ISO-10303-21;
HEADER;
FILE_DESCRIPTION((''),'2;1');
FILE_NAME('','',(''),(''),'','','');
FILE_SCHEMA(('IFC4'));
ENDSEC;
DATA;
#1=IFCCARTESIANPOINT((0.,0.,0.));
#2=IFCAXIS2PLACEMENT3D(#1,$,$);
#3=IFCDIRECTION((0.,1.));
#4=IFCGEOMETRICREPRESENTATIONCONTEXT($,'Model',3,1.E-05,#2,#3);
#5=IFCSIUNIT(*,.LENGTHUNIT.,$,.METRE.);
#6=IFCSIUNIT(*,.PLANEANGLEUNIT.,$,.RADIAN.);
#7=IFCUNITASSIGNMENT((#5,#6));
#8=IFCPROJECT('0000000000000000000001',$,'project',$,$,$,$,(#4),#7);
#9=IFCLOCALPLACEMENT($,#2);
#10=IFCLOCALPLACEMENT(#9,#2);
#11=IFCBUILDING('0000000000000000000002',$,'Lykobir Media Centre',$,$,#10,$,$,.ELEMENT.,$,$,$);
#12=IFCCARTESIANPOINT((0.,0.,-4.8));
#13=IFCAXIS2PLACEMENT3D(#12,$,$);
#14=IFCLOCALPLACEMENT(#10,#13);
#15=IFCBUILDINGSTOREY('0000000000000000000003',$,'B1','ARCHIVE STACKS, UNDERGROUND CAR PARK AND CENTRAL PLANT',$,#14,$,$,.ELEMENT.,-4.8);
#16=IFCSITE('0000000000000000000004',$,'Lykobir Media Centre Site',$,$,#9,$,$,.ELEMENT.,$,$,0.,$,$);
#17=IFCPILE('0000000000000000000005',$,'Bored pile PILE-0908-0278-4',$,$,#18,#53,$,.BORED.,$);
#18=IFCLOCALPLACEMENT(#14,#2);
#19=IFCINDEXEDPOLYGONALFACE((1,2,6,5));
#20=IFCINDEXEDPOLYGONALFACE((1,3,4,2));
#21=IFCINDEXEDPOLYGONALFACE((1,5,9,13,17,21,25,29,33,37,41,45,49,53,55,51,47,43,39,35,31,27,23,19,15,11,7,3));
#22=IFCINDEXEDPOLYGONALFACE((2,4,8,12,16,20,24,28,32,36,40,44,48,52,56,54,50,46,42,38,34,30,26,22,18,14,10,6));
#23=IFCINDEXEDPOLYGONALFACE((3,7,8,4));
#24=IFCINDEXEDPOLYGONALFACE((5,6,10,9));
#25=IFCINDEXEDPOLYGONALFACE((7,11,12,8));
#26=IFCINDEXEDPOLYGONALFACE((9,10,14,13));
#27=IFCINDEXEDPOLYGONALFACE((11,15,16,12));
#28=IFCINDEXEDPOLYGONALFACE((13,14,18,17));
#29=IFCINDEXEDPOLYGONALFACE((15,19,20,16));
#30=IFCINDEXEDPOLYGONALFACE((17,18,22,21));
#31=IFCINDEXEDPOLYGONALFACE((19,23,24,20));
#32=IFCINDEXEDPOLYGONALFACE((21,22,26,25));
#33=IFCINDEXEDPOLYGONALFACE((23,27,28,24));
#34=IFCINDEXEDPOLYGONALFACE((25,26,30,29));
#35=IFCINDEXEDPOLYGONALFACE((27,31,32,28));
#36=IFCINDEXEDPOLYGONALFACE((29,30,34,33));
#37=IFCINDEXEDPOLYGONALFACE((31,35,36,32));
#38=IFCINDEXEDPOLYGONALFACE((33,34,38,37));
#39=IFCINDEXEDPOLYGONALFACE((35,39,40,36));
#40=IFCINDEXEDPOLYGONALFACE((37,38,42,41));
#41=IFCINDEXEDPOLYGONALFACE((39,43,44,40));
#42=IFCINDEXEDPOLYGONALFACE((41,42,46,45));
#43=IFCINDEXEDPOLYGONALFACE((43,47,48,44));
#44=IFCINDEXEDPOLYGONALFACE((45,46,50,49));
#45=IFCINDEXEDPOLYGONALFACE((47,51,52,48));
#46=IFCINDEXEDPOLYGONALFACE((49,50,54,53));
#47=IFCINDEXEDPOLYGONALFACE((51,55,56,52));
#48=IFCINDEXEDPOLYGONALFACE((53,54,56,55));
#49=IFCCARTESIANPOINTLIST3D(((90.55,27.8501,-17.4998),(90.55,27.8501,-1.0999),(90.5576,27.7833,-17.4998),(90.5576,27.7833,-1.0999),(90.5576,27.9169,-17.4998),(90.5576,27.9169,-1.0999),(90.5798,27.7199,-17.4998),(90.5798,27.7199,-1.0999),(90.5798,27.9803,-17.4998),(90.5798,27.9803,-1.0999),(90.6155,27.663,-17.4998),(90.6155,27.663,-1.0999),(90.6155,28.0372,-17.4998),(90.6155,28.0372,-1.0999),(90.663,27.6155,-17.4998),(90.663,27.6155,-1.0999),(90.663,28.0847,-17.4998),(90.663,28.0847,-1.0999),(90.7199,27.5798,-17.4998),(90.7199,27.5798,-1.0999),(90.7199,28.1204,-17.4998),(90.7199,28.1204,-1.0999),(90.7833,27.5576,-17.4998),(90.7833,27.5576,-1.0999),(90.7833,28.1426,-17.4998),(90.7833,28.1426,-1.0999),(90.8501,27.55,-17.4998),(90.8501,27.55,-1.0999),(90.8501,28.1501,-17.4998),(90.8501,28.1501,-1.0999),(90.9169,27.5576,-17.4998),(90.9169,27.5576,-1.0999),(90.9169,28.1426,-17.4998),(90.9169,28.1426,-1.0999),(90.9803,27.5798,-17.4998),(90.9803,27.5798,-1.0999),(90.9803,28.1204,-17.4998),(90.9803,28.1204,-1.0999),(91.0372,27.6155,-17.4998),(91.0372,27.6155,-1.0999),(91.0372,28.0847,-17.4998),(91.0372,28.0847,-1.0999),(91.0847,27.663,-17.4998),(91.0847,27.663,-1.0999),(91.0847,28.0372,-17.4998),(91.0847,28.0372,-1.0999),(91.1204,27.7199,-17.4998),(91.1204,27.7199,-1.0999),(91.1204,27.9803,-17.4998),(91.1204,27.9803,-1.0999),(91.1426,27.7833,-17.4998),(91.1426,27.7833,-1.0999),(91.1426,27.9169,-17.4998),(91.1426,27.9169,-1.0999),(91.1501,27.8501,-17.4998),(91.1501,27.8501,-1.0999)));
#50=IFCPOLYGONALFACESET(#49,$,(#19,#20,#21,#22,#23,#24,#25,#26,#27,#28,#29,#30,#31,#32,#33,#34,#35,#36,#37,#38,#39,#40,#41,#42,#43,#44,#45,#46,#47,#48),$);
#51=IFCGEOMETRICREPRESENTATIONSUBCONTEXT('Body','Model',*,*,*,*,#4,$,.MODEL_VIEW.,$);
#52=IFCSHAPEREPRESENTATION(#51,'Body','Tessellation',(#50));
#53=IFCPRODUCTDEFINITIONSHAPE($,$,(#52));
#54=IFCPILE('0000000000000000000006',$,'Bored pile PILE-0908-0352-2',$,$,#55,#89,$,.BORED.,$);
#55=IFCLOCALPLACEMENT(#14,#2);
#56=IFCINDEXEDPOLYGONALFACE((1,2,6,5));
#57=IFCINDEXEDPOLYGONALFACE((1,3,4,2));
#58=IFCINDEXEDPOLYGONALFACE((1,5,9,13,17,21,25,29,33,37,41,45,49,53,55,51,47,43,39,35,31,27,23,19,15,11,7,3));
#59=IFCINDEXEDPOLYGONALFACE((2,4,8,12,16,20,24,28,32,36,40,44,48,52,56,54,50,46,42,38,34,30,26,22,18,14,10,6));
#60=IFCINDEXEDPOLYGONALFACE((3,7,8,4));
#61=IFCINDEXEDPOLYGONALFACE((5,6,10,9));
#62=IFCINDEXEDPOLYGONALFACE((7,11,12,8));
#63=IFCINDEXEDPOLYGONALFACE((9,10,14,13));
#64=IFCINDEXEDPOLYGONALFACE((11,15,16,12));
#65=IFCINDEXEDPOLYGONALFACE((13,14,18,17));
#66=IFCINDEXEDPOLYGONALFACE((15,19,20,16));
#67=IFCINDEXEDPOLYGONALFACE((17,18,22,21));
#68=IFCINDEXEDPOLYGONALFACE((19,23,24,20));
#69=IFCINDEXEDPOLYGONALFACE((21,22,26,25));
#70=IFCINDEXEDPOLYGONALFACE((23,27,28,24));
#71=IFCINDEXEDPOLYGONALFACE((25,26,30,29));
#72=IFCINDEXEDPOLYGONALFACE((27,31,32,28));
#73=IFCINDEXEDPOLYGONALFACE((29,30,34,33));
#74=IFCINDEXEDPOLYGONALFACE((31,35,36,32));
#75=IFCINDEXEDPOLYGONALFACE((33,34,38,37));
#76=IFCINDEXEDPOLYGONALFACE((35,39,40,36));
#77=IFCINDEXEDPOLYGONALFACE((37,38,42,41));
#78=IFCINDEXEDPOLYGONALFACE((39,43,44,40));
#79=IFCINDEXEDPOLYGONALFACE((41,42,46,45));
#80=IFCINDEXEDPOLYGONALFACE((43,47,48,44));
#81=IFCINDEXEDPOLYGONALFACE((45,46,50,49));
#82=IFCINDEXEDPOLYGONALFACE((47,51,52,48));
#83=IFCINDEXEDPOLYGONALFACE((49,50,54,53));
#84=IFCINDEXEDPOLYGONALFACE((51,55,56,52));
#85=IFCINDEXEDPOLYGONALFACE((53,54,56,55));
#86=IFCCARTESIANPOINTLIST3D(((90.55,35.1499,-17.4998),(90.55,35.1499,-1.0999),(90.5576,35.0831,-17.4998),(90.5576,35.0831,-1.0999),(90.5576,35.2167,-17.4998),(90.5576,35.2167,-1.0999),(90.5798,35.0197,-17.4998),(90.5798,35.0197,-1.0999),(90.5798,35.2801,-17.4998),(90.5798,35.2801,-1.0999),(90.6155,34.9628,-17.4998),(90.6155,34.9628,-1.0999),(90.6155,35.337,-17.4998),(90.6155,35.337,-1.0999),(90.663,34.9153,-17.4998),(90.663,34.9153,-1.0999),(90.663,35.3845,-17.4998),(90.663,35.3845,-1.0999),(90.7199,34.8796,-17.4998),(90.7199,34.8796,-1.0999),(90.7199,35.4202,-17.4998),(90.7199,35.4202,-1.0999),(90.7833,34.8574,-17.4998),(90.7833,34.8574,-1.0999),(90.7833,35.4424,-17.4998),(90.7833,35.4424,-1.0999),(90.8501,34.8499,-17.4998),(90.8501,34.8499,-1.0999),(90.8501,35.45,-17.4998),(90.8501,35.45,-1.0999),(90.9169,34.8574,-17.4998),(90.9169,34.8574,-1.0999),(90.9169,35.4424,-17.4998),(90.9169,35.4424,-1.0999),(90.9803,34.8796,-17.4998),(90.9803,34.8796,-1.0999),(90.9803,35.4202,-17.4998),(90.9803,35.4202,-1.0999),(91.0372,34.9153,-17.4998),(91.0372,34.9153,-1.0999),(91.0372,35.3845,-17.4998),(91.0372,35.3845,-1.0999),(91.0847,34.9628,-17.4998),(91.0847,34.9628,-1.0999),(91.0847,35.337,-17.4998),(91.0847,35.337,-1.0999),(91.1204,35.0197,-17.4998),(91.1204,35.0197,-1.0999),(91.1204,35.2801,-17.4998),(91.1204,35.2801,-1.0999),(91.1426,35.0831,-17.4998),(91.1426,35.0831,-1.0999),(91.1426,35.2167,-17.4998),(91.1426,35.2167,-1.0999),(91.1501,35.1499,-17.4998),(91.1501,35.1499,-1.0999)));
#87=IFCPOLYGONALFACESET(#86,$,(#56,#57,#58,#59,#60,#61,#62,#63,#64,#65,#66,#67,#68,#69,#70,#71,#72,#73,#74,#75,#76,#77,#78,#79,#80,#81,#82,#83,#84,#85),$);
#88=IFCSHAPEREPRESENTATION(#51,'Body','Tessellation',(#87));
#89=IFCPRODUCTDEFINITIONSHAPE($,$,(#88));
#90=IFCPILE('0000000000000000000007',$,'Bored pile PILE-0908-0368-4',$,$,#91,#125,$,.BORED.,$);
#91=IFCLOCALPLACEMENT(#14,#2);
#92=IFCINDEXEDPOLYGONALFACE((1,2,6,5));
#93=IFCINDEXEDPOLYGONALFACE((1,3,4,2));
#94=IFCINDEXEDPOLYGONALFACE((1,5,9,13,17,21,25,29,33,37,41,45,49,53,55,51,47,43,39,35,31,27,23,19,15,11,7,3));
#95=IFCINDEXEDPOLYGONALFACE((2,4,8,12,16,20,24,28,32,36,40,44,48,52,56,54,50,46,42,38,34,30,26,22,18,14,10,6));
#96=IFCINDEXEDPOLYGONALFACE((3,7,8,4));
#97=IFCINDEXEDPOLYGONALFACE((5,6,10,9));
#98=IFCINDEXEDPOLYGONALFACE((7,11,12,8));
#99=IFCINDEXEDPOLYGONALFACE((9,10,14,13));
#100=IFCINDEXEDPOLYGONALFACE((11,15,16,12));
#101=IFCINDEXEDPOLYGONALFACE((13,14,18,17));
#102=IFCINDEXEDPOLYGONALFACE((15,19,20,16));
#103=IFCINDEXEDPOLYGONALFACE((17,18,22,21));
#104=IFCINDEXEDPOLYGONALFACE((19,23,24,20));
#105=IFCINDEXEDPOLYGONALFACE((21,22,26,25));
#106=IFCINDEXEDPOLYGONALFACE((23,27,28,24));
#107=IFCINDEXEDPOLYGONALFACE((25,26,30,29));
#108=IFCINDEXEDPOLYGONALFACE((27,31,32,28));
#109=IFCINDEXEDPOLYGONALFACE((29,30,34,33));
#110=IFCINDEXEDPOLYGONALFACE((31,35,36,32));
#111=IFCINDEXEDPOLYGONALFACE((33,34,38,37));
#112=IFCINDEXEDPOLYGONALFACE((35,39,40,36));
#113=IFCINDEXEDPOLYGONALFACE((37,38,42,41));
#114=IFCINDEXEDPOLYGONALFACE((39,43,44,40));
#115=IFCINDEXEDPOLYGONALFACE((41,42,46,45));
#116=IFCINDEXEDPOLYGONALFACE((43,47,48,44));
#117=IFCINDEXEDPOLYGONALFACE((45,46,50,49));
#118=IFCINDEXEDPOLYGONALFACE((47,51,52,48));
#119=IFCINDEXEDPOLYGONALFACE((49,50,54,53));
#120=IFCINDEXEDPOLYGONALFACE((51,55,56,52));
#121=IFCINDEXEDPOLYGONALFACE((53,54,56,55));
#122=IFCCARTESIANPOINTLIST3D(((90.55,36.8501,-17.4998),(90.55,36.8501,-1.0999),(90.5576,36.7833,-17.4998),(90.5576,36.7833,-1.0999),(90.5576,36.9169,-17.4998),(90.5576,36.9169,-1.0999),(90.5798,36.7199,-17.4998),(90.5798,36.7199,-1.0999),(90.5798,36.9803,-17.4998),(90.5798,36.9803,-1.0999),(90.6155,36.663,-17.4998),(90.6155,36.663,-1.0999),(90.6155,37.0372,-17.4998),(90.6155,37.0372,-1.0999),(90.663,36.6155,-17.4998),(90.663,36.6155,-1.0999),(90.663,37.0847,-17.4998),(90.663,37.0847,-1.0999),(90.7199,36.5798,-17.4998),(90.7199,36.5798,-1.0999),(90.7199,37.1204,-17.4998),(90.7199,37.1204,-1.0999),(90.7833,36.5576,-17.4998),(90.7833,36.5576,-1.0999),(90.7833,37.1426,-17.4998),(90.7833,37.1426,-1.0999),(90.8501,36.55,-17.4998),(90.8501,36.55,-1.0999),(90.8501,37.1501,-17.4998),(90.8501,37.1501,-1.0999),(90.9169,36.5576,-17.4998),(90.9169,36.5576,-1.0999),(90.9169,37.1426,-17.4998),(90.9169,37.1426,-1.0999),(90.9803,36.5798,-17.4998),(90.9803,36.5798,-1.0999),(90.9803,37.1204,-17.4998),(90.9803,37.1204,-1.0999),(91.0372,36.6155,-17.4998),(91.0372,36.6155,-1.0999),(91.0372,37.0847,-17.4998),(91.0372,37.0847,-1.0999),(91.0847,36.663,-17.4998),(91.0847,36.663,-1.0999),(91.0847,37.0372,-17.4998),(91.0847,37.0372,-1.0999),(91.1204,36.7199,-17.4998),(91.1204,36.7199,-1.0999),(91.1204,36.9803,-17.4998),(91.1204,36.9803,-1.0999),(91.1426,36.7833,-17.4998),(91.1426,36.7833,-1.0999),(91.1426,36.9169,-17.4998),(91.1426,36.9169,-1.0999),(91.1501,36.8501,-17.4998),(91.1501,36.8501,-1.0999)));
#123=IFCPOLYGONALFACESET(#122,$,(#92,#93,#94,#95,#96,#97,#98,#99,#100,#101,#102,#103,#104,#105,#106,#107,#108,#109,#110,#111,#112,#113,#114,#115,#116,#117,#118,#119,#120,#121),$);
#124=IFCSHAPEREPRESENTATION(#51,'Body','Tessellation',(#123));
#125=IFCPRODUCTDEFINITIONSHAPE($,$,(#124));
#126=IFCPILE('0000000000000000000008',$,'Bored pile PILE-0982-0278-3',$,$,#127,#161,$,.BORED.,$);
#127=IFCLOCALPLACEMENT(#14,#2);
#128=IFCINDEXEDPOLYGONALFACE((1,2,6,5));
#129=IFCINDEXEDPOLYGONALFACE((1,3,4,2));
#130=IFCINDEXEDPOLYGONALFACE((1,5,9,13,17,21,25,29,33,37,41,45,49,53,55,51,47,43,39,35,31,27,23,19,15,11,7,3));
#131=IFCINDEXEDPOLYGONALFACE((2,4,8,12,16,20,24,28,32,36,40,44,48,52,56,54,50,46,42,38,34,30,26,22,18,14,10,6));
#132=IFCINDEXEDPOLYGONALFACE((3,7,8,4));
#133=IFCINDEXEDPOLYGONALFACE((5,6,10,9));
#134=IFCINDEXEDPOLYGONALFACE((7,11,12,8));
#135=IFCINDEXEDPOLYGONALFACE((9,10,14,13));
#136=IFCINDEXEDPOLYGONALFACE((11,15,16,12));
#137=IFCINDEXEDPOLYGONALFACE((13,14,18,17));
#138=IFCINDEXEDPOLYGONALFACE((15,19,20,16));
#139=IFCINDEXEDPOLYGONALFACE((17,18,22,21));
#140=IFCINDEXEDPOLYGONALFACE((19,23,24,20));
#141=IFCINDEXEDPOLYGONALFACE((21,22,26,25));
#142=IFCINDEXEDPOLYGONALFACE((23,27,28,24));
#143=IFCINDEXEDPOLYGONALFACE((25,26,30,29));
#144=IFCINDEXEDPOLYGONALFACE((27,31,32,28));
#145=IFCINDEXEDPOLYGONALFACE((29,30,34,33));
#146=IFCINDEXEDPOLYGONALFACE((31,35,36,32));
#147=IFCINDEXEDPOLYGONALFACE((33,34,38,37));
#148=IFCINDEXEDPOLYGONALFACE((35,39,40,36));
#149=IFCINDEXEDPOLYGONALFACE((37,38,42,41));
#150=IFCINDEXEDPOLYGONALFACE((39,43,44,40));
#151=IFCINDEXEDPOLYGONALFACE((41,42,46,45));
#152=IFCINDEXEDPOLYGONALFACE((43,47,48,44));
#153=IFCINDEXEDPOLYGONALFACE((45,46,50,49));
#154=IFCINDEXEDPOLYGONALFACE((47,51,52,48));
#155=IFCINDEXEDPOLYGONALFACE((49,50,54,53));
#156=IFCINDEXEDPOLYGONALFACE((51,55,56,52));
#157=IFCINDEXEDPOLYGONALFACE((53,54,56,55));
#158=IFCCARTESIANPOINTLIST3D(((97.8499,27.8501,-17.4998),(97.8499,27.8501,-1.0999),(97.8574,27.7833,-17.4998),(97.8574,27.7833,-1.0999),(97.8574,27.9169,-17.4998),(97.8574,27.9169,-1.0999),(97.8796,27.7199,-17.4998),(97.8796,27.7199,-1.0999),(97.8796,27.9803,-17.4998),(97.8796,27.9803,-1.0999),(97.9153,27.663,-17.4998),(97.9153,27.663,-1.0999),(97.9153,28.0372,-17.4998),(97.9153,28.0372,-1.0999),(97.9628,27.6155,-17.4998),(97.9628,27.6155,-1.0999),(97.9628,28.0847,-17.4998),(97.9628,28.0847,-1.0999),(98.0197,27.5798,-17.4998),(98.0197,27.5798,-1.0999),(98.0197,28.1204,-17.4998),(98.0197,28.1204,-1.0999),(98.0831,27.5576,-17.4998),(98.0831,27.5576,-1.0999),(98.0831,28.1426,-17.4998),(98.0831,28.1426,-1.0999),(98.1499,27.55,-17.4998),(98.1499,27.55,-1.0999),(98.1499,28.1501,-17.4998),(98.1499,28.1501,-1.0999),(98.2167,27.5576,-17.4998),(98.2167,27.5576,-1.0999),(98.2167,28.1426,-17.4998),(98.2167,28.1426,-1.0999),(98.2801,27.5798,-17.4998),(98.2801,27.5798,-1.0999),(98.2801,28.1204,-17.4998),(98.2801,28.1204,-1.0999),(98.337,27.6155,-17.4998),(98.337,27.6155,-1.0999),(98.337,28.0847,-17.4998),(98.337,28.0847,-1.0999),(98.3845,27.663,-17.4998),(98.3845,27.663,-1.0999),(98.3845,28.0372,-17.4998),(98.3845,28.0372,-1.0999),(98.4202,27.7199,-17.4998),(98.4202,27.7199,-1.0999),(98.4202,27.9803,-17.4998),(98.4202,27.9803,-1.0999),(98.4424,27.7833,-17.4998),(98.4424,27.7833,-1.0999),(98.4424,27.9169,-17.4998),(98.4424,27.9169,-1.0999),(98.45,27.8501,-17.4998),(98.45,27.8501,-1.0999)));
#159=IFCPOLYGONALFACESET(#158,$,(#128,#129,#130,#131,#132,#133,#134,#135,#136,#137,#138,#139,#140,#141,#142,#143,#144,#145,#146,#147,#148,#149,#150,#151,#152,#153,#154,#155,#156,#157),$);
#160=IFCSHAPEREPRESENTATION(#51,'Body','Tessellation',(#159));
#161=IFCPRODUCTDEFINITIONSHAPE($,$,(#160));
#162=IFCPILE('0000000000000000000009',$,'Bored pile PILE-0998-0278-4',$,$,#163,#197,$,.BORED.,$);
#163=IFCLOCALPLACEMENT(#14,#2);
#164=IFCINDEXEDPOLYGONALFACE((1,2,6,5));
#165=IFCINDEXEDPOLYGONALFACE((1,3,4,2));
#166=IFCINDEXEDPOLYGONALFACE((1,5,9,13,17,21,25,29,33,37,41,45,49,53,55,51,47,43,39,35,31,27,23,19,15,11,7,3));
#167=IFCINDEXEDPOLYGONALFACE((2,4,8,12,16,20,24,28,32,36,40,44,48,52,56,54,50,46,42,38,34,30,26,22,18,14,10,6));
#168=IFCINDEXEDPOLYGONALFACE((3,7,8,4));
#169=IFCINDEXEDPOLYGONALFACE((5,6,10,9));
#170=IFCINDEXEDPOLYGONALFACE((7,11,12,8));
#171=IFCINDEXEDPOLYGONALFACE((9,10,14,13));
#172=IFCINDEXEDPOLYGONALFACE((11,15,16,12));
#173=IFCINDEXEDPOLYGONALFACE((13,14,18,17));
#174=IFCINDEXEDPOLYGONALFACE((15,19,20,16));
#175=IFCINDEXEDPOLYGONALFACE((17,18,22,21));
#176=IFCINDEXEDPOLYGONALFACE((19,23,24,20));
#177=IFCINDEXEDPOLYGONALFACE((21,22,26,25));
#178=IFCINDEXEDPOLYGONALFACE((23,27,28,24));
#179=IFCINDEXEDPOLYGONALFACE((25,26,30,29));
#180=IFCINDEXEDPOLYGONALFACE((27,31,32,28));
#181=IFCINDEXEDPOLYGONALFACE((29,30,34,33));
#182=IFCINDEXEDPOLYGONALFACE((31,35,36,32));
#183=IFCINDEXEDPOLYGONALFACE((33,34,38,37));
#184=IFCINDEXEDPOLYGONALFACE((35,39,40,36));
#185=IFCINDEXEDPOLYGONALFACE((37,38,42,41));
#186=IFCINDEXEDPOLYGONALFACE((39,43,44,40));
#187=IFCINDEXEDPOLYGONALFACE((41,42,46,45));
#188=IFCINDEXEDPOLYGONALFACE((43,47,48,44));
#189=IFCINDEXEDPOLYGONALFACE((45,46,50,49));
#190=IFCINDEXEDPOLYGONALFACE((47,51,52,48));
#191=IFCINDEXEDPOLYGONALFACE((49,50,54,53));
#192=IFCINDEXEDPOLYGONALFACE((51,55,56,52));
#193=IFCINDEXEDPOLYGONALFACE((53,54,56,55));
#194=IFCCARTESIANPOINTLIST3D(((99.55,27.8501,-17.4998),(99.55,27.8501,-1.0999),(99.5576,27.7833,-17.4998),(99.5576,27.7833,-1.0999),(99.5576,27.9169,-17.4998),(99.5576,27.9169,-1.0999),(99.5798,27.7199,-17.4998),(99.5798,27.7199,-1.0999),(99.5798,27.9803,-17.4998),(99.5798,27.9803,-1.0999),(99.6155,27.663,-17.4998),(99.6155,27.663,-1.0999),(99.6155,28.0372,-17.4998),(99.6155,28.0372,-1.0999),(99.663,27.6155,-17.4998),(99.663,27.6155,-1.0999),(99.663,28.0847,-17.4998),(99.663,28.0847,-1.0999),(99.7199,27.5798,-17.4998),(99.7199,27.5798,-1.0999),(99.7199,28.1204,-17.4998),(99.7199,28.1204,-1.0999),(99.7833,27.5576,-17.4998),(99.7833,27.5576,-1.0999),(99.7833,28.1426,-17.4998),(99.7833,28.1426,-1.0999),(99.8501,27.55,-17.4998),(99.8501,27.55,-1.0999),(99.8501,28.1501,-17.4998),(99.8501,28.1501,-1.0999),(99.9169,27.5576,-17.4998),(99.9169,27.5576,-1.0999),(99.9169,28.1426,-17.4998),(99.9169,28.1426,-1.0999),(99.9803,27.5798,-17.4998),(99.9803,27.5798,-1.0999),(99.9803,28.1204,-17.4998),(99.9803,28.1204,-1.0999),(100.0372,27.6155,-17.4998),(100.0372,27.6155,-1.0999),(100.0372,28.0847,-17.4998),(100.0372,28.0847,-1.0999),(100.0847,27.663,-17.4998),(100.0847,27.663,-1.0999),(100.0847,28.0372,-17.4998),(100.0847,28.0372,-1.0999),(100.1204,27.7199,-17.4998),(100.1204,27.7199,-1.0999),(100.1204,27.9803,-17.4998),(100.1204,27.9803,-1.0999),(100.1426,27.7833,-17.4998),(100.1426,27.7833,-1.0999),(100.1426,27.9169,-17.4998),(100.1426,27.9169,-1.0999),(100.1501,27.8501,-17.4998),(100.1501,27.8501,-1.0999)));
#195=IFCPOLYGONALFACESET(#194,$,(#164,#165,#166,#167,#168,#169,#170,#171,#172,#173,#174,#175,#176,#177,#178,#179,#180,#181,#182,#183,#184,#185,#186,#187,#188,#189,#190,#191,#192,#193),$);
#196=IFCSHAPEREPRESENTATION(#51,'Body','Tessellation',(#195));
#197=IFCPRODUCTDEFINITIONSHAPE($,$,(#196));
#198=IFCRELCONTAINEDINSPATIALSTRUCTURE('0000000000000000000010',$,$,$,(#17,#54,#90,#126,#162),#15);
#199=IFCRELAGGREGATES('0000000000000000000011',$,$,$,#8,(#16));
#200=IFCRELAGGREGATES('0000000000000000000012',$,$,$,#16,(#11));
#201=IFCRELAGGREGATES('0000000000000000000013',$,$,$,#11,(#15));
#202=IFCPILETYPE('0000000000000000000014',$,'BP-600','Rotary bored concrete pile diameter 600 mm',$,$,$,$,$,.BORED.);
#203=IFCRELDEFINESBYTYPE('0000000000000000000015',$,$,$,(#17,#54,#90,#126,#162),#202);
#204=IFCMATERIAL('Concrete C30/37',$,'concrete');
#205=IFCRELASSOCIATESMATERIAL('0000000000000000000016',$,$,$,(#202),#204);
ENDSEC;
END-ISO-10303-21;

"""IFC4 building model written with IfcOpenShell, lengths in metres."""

from ifc_helpers import new_model, si_unit, direction, frame, origin, origin_2d, place, context, subcontext, project, spatial, circle, extrude, material, material_profile, profile_set, type_object, element, save


model = new_model("IFC4")

# Units and contexts
model_context = context("Model", 3, precision=1e-05, world=origin(), true_north=direction((0.0, 1.0)))
body_context = subcontext(model_context, "Body", "Model", "MODEL_VIEW")
ifc_project = project(units=[si_unit("LENGTHUNIT", "METRE"), si_unit("PLANEANGLEUNIT", "RADIAN")], contexts=[model_context])

# Site, building, storey
site_placement = place(None, origin())
site = spatial("IfcSite", under=ifc_project, at=site_placement, Name="Lykobir Media Centre Site", CompositionType="ELEMENT", RefElevation=0.0)
building_placement = place(site_placement, origin())
building = spatial("IfcBuilding", under=site, at=building_placement, Name="Lykobir Media Centre", CompositionType="ELEMENT")
storey_placement = place(building_placement, frame((0.0, 0.0, -4.8)))
storey = spatial("IfcBuildingStorey", under=building, at=storey_placement, Name="B1", Description="ARCHIVE STACKS, UNDERGROUND CAR PARK AND CENTRAL PLANT", CompositionType="ELEMENT", Elevation=-4.8)

# Piles
ifc_material_1 = material(Name="Concrete C30/37", Category="concrete")
ifc_material_profile_1 = material_profile(ifc_material_1, circle(Radius=0.3, at=origin_2d()), Name="BORED PILE D600")
ifc_profile_set_1 = profile_set([ifc_material_profile_1], Name="Concrete C30/37")
pile_type = type_object("IfcPileType", Name="BP-600", Description="Rotary bored concrete pile diameter 600 mm", PredefinedType="BORED", material=ifc_profile_set_1)
for number, where, z_axis, x_axis, name in (
    (1, (90.8501, 27.8501, -1.0999), (0.0, 0.0, -1.0), (1.0, 0.0, 0.0), "Bored pile PILE-0908-0278-4"),
    (2, (90.8501, 35.1499, -1.0999), (0.0, 0.0, -1.0), (1.0, 0.0, 0.0), "Bored pile PILE-0908-0352-2"),
    (3, (90.8501, 36.8501, -1.0999), (0.0, 0.0, -1.0), (1.0, 0.0, 0.0), "Bored pile PILE-0908-0368-4"),
    (4, (98.1499, 27.8501, -1.0999), (0.0, 0.0, -1.0), (1.0, 0.0, 0.0), "Bored pile PILE-0982-0278-3"),
    (5, (99.8501, 27.8501, -1.0999), (0.0, 0.0, -1.0), (1.0, 0.0, 0.0), "Bored pile PILE-0998-0278-4"),
):
    element("IfcPile", number, at=place(storey_placement, frame(where, z_axis=z_axis, x_axis=x_axis)), inside=storey, type_object=pile_type, Name=name, PredefinedType="BORED", context=body_context, shape_type="SweptSolid", body=[
        extrude(circle(Radius=0.3, at=origin_2d()), origin(), (0.0, 0.0, 1.0), 16.3999),
    ])

save(model, "model.ifc")
